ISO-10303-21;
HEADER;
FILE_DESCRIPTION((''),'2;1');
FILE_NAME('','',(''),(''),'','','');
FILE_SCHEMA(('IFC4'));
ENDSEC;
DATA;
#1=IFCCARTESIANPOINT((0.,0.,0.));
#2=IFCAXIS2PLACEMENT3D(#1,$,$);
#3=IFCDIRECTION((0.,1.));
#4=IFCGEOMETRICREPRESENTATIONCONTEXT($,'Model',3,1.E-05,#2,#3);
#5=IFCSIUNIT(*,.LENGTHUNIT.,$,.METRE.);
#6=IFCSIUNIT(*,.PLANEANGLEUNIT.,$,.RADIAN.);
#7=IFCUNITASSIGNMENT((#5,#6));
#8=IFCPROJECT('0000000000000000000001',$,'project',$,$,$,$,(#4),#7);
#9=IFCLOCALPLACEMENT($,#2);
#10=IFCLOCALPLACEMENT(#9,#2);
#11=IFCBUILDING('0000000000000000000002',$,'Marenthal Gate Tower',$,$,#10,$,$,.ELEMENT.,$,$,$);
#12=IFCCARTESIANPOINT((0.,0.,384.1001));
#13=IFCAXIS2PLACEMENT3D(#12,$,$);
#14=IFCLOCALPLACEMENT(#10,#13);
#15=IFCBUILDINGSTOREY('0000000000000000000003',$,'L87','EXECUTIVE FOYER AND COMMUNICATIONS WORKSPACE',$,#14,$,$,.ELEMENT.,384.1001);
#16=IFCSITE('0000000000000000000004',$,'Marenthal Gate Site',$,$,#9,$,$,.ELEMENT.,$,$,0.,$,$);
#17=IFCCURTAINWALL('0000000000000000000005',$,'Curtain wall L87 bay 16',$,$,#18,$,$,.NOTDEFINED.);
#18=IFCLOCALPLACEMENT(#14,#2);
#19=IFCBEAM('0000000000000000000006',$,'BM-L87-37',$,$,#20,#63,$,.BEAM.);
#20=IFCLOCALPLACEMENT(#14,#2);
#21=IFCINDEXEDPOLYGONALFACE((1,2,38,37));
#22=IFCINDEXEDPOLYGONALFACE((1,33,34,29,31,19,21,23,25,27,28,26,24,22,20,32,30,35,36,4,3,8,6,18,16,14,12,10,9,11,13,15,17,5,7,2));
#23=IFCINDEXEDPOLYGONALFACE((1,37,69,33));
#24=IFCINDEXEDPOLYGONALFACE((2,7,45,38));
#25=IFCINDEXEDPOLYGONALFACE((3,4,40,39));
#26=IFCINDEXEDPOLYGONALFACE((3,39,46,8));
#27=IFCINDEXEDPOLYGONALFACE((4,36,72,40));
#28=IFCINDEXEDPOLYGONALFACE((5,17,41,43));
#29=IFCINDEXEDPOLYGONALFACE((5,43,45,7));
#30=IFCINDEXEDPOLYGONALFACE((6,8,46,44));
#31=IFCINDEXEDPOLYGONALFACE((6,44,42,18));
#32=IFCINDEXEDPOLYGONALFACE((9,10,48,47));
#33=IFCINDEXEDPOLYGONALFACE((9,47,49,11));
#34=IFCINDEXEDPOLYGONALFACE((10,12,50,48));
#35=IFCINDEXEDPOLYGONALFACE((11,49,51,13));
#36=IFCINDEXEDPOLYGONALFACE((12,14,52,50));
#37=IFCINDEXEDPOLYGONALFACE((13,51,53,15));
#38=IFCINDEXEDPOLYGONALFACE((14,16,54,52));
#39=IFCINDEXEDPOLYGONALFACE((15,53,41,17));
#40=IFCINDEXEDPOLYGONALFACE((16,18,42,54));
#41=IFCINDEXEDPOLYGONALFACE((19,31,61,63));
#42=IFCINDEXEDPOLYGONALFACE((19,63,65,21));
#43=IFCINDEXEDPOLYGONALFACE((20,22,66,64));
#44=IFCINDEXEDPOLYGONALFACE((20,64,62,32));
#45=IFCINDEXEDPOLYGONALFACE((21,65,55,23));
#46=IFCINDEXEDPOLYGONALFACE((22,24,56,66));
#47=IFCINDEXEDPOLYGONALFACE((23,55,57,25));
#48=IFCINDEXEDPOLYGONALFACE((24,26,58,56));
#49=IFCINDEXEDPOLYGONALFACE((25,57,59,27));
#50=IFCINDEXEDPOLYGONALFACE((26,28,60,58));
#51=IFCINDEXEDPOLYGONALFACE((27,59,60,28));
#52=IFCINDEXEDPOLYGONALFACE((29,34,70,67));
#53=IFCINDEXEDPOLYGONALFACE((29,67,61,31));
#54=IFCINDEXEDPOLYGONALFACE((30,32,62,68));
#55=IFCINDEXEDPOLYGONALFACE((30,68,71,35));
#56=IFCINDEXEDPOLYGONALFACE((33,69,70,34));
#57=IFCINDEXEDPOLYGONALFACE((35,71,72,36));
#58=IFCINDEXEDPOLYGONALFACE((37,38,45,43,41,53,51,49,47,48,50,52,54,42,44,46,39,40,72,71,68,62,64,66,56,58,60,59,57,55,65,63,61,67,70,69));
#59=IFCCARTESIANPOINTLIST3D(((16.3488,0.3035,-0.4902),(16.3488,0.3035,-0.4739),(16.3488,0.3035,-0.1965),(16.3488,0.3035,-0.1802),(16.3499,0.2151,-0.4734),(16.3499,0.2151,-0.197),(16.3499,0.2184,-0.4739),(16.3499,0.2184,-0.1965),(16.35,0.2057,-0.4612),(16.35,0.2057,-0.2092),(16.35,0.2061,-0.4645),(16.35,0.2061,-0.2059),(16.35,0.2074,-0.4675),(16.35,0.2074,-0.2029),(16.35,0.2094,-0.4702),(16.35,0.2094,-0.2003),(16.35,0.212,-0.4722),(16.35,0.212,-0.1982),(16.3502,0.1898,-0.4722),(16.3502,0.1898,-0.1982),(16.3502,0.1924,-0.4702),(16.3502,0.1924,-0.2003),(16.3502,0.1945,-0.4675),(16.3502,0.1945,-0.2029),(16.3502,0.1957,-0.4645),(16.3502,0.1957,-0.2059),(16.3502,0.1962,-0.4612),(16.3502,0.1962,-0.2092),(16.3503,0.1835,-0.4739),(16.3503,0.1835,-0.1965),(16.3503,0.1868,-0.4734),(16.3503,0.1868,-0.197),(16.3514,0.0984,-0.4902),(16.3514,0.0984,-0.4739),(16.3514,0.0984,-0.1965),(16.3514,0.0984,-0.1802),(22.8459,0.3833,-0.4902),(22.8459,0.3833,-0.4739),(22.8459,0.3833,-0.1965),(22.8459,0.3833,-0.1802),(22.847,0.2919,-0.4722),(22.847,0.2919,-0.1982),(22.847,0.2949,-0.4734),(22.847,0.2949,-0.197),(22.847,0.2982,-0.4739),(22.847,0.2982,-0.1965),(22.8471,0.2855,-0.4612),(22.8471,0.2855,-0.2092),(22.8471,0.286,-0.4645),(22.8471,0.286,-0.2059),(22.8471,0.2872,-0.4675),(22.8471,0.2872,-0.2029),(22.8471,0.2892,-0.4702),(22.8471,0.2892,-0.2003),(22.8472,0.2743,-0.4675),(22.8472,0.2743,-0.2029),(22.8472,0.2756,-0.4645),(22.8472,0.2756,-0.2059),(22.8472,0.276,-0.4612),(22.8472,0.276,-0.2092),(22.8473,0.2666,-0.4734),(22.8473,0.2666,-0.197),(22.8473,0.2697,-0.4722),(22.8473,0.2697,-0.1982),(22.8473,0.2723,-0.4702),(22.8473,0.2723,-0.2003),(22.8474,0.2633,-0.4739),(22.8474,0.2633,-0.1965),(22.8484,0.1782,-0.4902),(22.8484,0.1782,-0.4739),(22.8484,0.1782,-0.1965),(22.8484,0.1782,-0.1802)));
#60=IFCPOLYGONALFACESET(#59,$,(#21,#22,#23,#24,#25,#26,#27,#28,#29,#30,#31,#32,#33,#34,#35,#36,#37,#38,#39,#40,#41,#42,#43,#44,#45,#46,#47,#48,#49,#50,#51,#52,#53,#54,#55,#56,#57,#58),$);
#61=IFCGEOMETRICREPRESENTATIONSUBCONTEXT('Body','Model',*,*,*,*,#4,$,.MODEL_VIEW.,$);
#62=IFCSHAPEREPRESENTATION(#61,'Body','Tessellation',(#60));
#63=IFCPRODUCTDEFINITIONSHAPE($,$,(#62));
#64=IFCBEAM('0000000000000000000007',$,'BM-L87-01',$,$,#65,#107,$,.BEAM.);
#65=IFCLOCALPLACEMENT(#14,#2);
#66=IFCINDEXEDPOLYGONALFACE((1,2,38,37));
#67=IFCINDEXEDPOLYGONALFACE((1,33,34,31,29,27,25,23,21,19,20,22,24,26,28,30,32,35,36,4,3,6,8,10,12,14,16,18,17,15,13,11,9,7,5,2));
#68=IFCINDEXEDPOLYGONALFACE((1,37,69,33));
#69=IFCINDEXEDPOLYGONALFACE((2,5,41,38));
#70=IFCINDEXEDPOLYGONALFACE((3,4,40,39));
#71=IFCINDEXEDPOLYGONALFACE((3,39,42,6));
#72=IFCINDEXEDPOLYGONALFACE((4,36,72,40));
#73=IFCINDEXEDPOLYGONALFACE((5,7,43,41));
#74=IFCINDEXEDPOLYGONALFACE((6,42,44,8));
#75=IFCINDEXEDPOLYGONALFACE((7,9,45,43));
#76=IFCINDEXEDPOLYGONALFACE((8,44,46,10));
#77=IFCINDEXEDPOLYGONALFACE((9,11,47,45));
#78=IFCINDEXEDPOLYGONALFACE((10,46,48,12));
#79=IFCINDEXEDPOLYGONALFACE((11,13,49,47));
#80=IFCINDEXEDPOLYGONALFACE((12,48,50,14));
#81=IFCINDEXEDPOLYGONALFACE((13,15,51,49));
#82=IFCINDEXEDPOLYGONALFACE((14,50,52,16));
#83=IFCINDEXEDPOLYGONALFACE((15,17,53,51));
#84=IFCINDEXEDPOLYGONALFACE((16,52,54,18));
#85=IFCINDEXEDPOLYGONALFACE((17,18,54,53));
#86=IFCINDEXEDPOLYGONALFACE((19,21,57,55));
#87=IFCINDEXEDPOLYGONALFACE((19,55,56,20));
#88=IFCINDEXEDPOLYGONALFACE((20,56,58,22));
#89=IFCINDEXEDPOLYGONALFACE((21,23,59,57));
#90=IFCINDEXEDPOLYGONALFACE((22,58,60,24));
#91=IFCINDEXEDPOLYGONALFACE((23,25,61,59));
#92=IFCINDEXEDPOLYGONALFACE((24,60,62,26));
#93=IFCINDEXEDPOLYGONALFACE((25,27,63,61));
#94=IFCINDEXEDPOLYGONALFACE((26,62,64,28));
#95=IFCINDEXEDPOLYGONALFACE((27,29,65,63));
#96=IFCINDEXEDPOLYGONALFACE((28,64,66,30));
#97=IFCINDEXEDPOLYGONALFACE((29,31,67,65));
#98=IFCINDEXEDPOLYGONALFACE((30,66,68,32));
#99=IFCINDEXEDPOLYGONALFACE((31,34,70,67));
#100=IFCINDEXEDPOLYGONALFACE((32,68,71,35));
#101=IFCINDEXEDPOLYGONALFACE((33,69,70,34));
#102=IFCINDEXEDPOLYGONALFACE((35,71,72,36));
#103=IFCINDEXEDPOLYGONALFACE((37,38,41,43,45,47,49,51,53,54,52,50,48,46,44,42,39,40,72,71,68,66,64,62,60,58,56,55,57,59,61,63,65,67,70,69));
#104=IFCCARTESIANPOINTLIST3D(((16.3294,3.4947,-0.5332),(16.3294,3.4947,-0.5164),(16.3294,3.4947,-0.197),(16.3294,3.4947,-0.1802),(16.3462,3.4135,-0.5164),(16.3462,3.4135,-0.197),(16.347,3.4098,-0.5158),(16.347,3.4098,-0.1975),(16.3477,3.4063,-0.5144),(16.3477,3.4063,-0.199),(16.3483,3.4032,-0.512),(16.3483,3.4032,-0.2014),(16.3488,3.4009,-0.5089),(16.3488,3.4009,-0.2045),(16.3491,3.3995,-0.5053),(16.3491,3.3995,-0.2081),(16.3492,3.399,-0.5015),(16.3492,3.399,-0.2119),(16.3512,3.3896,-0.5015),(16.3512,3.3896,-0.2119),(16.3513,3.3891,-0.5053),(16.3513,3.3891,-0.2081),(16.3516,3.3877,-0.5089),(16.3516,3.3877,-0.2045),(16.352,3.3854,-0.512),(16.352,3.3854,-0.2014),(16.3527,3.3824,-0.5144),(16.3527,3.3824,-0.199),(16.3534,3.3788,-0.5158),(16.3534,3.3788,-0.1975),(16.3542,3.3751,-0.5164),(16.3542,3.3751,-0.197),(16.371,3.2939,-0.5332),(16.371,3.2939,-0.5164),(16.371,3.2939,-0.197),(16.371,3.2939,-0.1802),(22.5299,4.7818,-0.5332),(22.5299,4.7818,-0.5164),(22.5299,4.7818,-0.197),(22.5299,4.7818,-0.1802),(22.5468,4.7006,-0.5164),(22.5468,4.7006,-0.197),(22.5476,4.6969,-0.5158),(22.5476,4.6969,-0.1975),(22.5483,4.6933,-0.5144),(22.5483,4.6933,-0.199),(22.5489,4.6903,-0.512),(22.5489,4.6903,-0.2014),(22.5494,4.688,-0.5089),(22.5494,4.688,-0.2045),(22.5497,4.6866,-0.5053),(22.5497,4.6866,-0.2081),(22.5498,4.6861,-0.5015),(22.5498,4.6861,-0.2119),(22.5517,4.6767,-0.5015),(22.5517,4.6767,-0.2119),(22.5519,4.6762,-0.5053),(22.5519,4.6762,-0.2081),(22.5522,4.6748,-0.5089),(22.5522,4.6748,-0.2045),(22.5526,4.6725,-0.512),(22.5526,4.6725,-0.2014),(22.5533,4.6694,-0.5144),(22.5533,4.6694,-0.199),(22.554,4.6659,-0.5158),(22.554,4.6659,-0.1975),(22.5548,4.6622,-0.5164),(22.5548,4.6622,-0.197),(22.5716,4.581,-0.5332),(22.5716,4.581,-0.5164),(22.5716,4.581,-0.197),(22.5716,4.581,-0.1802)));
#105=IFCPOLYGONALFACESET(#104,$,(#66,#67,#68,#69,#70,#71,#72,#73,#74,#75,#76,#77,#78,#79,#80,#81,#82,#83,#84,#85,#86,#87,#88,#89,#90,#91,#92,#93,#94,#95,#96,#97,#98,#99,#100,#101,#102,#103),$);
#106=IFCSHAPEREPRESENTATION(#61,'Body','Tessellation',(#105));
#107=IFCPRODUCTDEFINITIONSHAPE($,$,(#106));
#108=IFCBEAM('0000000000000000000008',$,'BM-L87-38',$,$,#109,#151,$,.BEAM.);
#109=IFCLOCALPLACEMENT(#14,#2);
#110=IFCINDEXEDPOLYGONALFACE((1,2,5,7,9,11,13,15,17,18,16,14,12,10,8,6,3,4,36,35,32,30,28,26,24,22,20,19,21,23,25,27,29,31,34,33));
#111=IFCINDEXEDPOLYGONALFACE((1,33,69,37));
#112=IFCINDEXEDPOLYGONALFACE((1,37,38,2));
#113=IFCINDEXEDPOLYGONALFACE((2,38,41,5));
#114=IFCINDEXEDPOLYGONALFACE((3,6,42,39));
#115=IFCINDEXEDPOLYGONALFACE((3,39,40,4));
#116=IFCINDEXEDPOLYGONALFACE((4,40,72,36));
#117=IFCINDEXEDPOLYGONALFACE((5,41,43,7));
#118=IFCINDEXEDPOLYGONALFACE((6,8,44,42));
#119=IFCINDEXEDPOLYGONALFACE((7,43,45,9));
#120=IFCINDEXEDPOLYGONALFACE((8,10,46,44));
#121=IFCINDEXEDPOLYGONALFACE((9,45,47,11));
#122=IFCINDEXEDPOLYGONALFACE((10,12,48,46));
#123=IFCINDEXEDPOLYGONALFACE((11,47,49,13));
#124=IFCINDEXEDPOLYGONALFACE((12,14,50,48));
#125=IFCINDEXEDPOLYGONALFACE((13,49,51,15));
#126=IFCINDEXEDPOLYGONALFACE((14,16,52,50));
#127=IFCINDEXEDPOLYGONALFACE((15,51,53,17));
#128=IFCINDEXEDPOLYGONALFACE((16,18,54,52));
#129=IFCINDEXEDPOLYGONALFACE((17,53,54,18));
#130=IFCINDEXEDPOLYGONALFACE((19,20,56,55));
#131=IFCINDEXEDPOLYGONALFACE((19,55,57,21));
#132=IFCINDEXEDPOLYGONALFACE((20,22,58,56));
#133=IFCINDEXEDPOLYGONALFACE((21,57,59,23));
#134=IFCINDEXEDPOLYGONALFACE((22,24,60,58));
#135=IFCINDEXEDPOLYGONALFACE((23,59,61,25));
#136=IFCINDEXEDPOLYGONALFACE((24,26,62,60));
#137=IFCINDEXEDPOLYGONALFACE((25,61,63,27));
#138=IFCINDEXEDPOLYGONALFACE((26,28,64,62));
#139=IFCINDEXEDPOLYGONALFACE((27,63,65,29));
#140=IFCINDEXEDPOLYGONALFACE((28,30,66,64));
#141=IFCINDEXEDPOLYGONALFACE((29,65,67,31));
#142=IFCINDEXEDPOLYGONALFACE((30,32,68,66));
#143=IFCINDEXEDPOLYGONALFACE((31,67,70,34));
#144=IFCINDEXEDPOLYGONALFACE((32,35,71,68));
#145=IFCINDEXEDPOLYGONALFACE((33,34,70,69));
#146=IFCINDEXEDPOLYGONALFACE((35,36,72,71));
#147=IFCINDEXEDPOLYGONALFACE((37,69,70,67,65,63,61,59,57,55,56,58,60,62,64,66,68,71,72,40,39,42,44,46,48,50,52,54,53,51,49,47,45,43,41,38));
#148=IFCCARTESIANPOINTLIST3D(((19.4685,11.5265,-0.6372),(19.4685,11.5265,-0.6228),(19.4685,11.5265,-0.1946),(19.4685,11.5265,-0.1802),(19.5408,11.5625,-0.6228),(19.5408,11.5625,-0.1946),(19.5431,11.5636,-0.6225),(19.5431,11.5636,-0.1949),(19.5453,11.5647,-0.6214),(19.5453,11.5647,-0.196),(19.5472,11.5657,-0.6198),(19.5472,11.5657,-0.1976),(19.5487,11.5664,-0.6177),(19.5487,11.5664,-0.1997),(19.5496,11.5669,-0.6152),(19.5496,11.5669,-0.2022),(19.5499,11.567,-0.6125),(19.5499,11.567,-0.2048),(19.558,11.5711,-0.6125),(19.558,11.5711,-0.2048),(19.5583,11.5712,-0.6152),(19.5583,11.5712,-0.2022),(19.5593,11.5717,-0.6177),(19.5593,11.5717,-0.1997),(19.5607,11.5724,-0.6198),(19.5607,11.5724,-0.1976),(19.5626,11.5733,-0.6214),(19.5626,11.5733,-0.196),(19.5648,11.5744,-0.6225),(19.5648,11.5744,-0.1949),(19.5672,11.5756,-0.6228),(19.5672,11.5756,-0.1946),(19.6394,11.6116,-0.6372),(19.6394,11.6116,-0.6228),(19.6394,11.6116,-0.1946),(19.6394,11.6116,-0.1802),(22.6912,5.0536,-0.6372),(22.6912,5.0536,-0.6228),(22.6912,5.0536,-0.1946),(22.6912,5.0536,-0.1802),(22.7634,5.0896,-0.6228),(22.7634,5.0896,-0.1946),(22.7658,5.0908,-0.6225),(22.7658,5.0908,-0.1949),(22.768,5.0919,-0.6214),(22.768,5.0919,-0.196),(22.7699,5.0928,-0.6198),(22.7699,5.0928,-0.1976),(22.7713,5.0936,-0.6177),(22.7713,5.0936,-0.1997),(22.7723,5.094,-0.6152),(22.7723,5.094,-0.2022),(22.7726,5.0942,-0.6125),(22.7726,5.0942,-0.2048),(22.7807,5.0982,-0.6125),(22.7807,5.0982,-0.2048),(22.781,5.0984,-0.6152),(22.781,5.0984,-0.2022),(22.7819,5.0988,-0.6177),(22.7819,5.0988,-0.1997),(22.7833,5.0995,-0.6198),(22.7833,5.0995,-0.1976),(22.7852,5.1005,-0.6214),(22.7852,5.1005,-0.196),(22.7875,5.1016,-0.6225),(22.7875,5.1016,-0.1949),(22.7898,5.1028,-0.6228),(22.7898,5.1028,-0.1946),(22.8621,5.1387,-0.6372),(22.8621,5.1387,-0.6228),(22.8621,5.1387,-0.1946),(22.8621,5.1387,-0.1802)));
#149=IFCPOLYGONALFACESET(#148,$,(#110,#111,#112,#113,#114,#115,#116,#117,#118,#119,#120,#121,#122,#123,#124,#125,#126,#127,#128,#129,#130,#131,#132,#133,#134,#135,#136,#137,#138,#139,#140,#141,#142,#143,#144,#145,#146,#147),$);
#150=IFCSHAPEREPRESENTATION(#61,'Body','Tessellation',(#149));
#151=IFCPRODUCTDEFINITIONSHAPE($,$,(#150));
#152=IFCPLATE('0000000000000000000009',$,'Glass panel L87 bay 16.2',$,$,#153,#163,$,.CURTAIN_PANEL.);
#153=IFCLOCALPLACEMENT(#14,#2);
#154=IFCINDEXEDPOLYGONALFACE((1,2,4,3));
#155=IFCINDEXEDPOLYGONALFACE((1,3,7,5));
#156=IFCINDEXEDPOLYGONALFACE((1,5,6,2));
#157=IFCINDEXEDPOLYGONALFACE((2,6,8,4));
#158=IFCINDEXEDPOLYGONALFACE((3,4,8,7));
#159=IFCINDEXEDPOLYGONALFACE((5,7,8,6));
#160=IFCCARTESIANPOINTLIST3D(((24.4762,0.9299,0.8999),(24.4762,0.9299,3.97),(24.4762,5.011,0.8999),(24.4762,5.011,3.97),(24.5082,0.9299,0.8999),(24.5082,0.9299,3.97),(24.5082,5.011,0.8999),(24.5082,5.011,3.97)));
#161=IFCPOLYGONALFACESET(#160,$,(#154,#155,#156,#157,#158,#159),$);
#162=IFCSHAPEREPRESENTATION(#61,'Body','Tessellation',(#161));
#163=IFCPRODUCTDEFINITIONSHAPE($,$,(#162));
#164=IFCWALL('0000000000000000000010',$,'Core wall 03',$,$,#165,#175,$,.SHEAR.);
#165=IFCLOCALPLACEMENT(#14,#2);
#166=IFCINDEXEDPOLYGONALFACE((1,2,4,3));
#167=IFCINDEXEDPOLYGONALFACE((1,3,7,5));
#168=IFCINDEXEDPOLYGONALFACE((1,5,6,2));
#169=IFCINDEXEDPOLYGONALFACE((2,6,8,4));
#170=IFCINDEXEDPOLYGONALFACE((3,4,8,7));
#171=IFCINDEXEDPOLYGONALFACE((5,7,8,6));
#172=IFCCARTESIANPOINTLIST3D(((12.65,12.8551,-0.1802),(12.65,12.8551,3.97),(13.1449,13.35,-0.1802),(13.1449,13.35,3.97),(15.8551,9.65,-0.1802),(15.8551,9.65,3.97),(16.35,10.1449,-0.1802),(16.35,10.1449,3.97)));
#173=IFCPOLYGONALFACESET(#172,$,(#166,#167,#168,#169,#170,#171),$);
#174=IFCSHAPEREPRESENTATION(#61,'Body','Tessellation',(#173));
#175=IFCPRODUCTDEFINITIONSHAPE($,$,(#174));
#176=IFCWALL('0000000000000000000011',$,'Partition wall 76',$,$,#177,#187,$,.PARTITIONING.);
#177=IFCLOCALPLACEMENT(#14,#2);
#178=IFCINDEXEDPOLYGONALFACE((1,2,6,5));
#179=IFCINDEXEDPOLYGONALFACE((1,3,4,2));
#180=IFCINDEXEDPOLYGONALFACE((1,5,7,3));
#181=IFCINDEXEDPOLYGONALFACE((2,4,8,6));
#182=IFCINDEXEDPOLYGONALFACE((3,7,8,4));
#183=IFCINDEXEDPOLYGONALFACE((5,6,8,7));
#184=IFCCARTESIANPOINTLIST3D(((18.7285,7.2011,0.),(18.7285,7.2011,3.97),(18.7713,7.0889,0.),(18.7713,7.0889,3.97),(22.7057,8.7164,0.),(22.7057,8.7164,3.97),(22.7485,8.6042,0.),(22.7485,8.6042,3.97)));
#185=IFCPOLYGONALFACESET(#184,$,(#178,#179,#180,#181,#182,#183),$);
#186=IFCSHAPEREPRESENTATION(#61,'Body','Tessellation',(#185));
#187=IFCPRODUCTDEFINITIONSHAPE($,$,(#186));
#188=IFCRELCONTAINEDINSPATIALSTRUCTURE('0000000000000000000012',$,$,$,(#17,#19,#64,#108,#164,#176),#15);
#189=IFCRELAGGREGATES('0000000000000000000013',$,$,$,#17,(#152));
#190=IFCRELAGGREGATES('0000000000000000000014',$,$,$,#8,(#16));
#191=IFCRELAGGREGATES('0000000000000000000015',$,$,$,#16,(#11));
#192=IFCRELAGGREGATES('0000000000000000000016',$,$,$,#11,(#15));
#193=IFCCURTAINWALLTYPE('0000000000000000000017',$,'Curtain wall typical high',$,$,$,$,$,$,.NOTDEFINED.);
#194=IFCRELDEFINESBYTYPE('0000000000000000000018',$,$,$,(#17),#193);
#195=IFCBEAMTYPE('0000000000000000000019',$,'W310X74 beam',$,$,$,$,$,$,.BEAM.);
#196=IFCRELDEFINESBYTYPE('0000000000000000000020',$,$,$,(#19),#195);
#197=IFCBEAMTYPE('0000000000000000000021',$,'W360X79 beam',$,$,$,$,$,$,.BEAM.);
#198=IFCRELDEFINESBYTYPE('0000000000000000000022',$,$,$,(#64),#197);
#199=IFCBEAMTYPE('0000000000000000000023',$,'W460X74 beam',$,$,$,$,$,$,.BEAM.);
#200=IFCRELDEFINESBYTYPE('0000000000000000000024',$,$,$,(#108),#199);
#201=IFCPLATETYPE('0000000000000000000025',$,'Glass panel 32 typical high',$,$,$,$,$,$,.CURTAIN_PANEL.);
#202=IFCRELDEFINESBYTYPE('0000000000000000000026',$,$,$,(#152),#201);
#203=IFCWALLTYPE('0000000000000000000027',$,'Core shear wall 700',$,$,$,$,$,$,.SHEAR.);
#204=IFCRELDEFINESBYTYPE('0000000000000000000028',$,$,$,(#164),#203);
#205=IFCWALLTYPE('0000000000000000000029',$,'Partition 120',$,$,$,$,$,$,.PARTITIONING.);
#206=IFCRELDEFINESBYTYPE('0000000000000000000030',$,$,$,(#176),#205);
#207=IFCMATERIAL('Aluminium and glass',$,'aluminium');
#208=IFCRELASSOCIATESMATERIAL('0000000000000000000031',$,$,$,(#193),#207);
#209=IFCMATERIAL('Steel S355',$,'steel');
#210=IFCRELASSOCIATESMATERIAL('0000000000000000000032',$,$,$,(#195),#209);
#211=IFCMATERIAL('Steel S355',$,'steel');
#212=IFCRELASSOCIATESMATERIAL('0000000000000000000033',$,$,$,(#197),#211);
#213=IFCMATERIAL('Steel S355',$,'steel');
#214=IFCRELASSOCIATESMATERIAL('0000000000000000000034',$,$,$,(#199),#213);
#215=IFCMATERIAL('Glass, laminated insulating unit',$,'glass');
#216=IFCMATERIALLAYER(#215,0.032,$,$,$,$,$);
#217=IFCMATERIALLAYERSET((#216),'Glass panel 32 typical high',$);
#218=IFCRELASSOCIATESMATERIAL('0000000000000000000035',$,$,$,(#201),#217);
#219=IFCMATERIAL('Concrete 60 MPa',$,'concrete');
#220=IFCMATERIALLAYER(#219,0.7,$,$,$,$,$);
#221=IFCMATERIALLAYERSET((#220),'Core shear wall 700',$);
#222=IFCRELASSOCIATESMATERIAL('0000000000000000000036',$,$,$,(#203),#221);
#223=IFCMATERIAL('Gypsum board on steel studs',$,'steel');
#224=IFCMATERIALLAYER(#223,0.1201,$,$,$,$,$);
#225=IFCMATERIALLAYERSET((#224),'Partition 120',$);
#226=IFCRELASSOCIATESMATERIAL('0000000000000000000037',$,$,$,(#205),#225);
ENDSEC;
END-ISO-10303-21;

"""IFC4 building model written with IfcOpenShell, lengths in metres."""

from ifc_helpers import new_model, si_unit, direction, frame, frame_2d, origin, origin_2d, place, context, subcontext, project, spatial, rectangle, i_section, extrude, material, layer, layer_set, material_profile, profile_set, type_object, element, aggregate, save


model = new_model("IFC4")

# Units and contexts
model_context = context("Model", 3, precision=1e-05, world=origin(), true_north=direction((0.0, 1.0)))
body_context = subcontext(model_context, "Body", "Model", "MODEL_VIEW")
ifc_project = project(units=[si_unit("LENGTHUNIT", "METRE"), si_unit("PLANEANGLEUNIT", "RADIAN")], contexts=[model_context])

# Site, building, storey
site_placement = place(None, origin())
site = spatial("IfcSite", under=ifc_project, at=site_placement, Name="Marenthal Gate Site", CompositionType="ELEMENT", RefElevation=0.0)
building_placement = place(site_placement, origin())
building = spatial("IfcBuilding", under=site, at=building_placement, Name="Marenthal Gate Tower", CompositionType="ELEMENT")
storey_placement = place(building_placement, frame((0.0, 0.0, 384.1001)))
storey = spatial("IfcBuildingStorey", under=building, at=storey_placement, Name="L87", Description="EXECUTIVE FOYER AND COMMUNICATIONS WORKSPACE", CompositionType="ELEMENT", Elevation=384.1001)

# Curtain wall
ifc_material_1 = material(Name="Aluminium and glass", Category="aluminium")
curtain_wall_type = type_object("IfcCurtainWallType", Name="Curtain wall typical high", PredefinedType="NOTDEFINED", material=ifc_material_1)
curtain_wall_placement = place(storey_placement, origin())
curtain_wall = element("IfcCurtainWall", 1, at=curtain_wall_placement, inside=storey, type_object=curtain_wall_type, Name="Curtain wall L87 bay 16", PredefinedType="NOTDEFINED")

# Beams
ifc_material_2 = material(Name="Steel S355", Category="steel")
ifc_material_profile_1 = material_profile(ifc_material_2, i_section(OverallWidth=0.2051, OverallDepth=0.3101, WebThickness=0.0095, FlangeThickness=0.0164, FilletRadius=0.0127, at=origin_2d()), Name="W310X74")
ifc_profile_set_1 = profile_set([ifc_material_profile_1], Name="Steel S355")
beam_type_1 = type_object("IfcBeamType", Name="W310X74 beam", PredefinedType="BEAM", material=ifc_profile_set_1)
beam_1_placement = place(storey_placement, frame((22.8472, 0.2808, -0.3352), z_axis=(-0.999925, -0.012287, 0.0), x_axis=(0.012287, -0.999925, 0.0)))
element("IfcBeam", 2, at=beam_1_placement, inside=storey, type_object=beam_type_1, Name="BM-L87-37", PredefinedType="BEAM", context=body_context, shape_type="SweptSolid", body=[
    extrude(i_section(OverallWidth=0.2051, OverallDepth=0.3101, WebThickness=0.0095, FlangeThickness=0.0164, FilletRadius=0.0127, at=origin_2d()), origin(), (0.0, 0.0, 1.0), 6.4976),
])
ifc_material_3 = material(Name="Steel S355", Category="steel")
ifc_material_profile_2 = material_profile(ifc_material_3, i_section(OverallWidth=0.2051, OverallDepth=0.353, WebThickness=0.0095, FlangeThickness=0.0168, FilletRadius=0.0149, at=origin_2d()), Name="W360X79")
ifc_profile_set_2 = profile_set([ifc_material_profile_2], Name="Steel S355")
beam_type_2 = type_object("IfcBeamType", Name="W360X79 beam", PredefinedType="BEAM", material=ifc_profile_set_2)
beam_2_placement = place(storey_placement, frame((22.5508, 4.6814, -0.3567), z_axis=(-0.979128, -0.203243, 0.0), x_axis=(0.203243, -0.979128, 0.0)))
element("IfcBeam", 3, at=beam_2_placement, inside=storey, type_object=beam_type_2, Name="BM-L87-01", PredefinedType="BEAM", context=body_context, shape_type="SweptSolid", body=[
    extrude(i_section(OverallWidth=0.2051, OverallDepth=0.353, WebThickness=0.0095, FlangeThickness=0.0168, FilletRadius=0.0149, at=origin_2d()), origin(), (0.0, 0.0, 1.0), 6.3328),
])
ifc_material_4 = material(Name="Steel S355", Category="steel")
ifc_material_profile_3 = material_profile(ifc_material_4, i_section(OverallWidth=0.1909, OverallDepth=0.457, WebThickness=0.009, FlangeThickness=0.0144, FilletRadius=0.0103, at=origin_2d()), Name="W460X74")
ifc_profile_set_3 = profile_set([ifc_material_profile_3], Name="Steel S355")
beam_type_3 = type_object("IfcBeamType", Name="W460X74 beam", PredefinedType="BEAM", material=ifc_profile_set_3)
beam_3_placement = place(storey_placement, frame((22.7766, 5.0962, -0.4087), z_axis=(-0.445687, 0.895189, 0.0), x_axis=(-0.895189, -0.445687, 0.0)))
element("IfcBeam", 4, at=beam_3_placement, inside=storey, type_object=beam_type_3, Name="BM-L87-38", PredefinedType="BEAM", context=body_context, shape_type="SweptSolid", body=[
    extrude(i_section(OverallWidth=0.1909, OverallDepth=0.457, WebThickness=0.009, FlangeThickness=0.0144, FilletRadius=0.0103, at=origin_2d()), origin(), (0.0, 0.0, 1.0), 7.2307),
])

# Plate
ifc_material_5 = material(Name="Glass, laminated insulating unit", Category="glass")
ifc_layer_1 = layer(ifc_material_5, 0.032)
ifc_layer_set_1 = layer_set([ifc_layer_1], Name="Glass panel 32 typical high")
plate_type = type_object("IfcPlateType", Name="Glass panel 32 typical high", PredefinedType="CURTAIN_PANEL", material=ifc_layer_set_1)
plate_placement = place(storey_placement, frame((24.4922, 2.9705, 0.8999), z_axis=(0.0, 0.0, 1.0), x_axis=(0.0, 1.0, 0.0)))
plate = element("IfcPlate", 5, at=plate_placement, type_object=plate_type, Name="Glass panel L87 bay 16.2", PredefinedType="CURTAIN_PANEL", context=body_context, shape_type="SweptSolid", body=[
    extrude(rectangle(XDim=4.0811, YDim=0.032, at=origin_2d()), origin(), (0.0, 0.0, 1.0), 3.0701),
])
aggregate(curtain_wall, [plate])

# Walls
ifc_material_6 = material(Name="Concrete 60 MPa", Category="concrete")
ifc_layer_2 = layer(ifc_material_6, 0.7)
ifc_layer_set_2 = layer_set([ifc_layer_2], Name="Core shear wall 700")
wall_type_1 = type_object("IfcWallType", Name="Core shear wall 700", PredefinedType="SHEAR", material=ifc_layer_set_2)
wall_1_placement = place(storey_placement, frame((16.1025, 9.8975, -0.1802), z_axis=(0.0, 0.0, 1.0), x_axis=(-0.707107, 0.707107, 0.0)))
element("IfcWall", 6, at=wall_1_placement, inside=storey, type_object=wall_type_1, Name="Core wall 03", PredefinedType="SHEAR", context=body_context, shape_type="SweptSolid", body=[
    extrude(rectangle(XDim=4.5327, YDim=0.7, at=frame_2d((2.2664, 0.0))), origin(), (0.0, 0.0, 1.0), 4.1501),
])
ifc_material_7 = material(Name="Gypsum board on steel studs", Category="steel")
ifc_layer_3 = layer(ifc_material_7, 0.1201)
ifc_layer_set_3 = layer_set([ifc_layer_3], Name="Partition 120")
wall_type_2 = type_object("IfcWallType", Name="Partition 120", PredefinedType="PARTITIONING", material=ifc_layer_set_3)
wall_2_placement = place(storey_placement, frame((18.75, 7.145, 0.0), z_axis=(0.0, 0.0, 1.0), x_axis=(0.93447, 0.356041, 0.0)))
element("IfcWall", 7, at=wall_2_placement, inside=storey, type_object=wall_type_2, Name="Partition wall 76", PredefinedType="PARTITIONING", context=body_context, shape_type="SweptSolid", body=[
    extrude(rectangle(XDim=4.2561, YDim=0.1201, at=frame_2d((2.1279, 0.0))), origin(), (0.0, 0.0, 1.0), 3.97),
])

save(model, "model.ifc")
